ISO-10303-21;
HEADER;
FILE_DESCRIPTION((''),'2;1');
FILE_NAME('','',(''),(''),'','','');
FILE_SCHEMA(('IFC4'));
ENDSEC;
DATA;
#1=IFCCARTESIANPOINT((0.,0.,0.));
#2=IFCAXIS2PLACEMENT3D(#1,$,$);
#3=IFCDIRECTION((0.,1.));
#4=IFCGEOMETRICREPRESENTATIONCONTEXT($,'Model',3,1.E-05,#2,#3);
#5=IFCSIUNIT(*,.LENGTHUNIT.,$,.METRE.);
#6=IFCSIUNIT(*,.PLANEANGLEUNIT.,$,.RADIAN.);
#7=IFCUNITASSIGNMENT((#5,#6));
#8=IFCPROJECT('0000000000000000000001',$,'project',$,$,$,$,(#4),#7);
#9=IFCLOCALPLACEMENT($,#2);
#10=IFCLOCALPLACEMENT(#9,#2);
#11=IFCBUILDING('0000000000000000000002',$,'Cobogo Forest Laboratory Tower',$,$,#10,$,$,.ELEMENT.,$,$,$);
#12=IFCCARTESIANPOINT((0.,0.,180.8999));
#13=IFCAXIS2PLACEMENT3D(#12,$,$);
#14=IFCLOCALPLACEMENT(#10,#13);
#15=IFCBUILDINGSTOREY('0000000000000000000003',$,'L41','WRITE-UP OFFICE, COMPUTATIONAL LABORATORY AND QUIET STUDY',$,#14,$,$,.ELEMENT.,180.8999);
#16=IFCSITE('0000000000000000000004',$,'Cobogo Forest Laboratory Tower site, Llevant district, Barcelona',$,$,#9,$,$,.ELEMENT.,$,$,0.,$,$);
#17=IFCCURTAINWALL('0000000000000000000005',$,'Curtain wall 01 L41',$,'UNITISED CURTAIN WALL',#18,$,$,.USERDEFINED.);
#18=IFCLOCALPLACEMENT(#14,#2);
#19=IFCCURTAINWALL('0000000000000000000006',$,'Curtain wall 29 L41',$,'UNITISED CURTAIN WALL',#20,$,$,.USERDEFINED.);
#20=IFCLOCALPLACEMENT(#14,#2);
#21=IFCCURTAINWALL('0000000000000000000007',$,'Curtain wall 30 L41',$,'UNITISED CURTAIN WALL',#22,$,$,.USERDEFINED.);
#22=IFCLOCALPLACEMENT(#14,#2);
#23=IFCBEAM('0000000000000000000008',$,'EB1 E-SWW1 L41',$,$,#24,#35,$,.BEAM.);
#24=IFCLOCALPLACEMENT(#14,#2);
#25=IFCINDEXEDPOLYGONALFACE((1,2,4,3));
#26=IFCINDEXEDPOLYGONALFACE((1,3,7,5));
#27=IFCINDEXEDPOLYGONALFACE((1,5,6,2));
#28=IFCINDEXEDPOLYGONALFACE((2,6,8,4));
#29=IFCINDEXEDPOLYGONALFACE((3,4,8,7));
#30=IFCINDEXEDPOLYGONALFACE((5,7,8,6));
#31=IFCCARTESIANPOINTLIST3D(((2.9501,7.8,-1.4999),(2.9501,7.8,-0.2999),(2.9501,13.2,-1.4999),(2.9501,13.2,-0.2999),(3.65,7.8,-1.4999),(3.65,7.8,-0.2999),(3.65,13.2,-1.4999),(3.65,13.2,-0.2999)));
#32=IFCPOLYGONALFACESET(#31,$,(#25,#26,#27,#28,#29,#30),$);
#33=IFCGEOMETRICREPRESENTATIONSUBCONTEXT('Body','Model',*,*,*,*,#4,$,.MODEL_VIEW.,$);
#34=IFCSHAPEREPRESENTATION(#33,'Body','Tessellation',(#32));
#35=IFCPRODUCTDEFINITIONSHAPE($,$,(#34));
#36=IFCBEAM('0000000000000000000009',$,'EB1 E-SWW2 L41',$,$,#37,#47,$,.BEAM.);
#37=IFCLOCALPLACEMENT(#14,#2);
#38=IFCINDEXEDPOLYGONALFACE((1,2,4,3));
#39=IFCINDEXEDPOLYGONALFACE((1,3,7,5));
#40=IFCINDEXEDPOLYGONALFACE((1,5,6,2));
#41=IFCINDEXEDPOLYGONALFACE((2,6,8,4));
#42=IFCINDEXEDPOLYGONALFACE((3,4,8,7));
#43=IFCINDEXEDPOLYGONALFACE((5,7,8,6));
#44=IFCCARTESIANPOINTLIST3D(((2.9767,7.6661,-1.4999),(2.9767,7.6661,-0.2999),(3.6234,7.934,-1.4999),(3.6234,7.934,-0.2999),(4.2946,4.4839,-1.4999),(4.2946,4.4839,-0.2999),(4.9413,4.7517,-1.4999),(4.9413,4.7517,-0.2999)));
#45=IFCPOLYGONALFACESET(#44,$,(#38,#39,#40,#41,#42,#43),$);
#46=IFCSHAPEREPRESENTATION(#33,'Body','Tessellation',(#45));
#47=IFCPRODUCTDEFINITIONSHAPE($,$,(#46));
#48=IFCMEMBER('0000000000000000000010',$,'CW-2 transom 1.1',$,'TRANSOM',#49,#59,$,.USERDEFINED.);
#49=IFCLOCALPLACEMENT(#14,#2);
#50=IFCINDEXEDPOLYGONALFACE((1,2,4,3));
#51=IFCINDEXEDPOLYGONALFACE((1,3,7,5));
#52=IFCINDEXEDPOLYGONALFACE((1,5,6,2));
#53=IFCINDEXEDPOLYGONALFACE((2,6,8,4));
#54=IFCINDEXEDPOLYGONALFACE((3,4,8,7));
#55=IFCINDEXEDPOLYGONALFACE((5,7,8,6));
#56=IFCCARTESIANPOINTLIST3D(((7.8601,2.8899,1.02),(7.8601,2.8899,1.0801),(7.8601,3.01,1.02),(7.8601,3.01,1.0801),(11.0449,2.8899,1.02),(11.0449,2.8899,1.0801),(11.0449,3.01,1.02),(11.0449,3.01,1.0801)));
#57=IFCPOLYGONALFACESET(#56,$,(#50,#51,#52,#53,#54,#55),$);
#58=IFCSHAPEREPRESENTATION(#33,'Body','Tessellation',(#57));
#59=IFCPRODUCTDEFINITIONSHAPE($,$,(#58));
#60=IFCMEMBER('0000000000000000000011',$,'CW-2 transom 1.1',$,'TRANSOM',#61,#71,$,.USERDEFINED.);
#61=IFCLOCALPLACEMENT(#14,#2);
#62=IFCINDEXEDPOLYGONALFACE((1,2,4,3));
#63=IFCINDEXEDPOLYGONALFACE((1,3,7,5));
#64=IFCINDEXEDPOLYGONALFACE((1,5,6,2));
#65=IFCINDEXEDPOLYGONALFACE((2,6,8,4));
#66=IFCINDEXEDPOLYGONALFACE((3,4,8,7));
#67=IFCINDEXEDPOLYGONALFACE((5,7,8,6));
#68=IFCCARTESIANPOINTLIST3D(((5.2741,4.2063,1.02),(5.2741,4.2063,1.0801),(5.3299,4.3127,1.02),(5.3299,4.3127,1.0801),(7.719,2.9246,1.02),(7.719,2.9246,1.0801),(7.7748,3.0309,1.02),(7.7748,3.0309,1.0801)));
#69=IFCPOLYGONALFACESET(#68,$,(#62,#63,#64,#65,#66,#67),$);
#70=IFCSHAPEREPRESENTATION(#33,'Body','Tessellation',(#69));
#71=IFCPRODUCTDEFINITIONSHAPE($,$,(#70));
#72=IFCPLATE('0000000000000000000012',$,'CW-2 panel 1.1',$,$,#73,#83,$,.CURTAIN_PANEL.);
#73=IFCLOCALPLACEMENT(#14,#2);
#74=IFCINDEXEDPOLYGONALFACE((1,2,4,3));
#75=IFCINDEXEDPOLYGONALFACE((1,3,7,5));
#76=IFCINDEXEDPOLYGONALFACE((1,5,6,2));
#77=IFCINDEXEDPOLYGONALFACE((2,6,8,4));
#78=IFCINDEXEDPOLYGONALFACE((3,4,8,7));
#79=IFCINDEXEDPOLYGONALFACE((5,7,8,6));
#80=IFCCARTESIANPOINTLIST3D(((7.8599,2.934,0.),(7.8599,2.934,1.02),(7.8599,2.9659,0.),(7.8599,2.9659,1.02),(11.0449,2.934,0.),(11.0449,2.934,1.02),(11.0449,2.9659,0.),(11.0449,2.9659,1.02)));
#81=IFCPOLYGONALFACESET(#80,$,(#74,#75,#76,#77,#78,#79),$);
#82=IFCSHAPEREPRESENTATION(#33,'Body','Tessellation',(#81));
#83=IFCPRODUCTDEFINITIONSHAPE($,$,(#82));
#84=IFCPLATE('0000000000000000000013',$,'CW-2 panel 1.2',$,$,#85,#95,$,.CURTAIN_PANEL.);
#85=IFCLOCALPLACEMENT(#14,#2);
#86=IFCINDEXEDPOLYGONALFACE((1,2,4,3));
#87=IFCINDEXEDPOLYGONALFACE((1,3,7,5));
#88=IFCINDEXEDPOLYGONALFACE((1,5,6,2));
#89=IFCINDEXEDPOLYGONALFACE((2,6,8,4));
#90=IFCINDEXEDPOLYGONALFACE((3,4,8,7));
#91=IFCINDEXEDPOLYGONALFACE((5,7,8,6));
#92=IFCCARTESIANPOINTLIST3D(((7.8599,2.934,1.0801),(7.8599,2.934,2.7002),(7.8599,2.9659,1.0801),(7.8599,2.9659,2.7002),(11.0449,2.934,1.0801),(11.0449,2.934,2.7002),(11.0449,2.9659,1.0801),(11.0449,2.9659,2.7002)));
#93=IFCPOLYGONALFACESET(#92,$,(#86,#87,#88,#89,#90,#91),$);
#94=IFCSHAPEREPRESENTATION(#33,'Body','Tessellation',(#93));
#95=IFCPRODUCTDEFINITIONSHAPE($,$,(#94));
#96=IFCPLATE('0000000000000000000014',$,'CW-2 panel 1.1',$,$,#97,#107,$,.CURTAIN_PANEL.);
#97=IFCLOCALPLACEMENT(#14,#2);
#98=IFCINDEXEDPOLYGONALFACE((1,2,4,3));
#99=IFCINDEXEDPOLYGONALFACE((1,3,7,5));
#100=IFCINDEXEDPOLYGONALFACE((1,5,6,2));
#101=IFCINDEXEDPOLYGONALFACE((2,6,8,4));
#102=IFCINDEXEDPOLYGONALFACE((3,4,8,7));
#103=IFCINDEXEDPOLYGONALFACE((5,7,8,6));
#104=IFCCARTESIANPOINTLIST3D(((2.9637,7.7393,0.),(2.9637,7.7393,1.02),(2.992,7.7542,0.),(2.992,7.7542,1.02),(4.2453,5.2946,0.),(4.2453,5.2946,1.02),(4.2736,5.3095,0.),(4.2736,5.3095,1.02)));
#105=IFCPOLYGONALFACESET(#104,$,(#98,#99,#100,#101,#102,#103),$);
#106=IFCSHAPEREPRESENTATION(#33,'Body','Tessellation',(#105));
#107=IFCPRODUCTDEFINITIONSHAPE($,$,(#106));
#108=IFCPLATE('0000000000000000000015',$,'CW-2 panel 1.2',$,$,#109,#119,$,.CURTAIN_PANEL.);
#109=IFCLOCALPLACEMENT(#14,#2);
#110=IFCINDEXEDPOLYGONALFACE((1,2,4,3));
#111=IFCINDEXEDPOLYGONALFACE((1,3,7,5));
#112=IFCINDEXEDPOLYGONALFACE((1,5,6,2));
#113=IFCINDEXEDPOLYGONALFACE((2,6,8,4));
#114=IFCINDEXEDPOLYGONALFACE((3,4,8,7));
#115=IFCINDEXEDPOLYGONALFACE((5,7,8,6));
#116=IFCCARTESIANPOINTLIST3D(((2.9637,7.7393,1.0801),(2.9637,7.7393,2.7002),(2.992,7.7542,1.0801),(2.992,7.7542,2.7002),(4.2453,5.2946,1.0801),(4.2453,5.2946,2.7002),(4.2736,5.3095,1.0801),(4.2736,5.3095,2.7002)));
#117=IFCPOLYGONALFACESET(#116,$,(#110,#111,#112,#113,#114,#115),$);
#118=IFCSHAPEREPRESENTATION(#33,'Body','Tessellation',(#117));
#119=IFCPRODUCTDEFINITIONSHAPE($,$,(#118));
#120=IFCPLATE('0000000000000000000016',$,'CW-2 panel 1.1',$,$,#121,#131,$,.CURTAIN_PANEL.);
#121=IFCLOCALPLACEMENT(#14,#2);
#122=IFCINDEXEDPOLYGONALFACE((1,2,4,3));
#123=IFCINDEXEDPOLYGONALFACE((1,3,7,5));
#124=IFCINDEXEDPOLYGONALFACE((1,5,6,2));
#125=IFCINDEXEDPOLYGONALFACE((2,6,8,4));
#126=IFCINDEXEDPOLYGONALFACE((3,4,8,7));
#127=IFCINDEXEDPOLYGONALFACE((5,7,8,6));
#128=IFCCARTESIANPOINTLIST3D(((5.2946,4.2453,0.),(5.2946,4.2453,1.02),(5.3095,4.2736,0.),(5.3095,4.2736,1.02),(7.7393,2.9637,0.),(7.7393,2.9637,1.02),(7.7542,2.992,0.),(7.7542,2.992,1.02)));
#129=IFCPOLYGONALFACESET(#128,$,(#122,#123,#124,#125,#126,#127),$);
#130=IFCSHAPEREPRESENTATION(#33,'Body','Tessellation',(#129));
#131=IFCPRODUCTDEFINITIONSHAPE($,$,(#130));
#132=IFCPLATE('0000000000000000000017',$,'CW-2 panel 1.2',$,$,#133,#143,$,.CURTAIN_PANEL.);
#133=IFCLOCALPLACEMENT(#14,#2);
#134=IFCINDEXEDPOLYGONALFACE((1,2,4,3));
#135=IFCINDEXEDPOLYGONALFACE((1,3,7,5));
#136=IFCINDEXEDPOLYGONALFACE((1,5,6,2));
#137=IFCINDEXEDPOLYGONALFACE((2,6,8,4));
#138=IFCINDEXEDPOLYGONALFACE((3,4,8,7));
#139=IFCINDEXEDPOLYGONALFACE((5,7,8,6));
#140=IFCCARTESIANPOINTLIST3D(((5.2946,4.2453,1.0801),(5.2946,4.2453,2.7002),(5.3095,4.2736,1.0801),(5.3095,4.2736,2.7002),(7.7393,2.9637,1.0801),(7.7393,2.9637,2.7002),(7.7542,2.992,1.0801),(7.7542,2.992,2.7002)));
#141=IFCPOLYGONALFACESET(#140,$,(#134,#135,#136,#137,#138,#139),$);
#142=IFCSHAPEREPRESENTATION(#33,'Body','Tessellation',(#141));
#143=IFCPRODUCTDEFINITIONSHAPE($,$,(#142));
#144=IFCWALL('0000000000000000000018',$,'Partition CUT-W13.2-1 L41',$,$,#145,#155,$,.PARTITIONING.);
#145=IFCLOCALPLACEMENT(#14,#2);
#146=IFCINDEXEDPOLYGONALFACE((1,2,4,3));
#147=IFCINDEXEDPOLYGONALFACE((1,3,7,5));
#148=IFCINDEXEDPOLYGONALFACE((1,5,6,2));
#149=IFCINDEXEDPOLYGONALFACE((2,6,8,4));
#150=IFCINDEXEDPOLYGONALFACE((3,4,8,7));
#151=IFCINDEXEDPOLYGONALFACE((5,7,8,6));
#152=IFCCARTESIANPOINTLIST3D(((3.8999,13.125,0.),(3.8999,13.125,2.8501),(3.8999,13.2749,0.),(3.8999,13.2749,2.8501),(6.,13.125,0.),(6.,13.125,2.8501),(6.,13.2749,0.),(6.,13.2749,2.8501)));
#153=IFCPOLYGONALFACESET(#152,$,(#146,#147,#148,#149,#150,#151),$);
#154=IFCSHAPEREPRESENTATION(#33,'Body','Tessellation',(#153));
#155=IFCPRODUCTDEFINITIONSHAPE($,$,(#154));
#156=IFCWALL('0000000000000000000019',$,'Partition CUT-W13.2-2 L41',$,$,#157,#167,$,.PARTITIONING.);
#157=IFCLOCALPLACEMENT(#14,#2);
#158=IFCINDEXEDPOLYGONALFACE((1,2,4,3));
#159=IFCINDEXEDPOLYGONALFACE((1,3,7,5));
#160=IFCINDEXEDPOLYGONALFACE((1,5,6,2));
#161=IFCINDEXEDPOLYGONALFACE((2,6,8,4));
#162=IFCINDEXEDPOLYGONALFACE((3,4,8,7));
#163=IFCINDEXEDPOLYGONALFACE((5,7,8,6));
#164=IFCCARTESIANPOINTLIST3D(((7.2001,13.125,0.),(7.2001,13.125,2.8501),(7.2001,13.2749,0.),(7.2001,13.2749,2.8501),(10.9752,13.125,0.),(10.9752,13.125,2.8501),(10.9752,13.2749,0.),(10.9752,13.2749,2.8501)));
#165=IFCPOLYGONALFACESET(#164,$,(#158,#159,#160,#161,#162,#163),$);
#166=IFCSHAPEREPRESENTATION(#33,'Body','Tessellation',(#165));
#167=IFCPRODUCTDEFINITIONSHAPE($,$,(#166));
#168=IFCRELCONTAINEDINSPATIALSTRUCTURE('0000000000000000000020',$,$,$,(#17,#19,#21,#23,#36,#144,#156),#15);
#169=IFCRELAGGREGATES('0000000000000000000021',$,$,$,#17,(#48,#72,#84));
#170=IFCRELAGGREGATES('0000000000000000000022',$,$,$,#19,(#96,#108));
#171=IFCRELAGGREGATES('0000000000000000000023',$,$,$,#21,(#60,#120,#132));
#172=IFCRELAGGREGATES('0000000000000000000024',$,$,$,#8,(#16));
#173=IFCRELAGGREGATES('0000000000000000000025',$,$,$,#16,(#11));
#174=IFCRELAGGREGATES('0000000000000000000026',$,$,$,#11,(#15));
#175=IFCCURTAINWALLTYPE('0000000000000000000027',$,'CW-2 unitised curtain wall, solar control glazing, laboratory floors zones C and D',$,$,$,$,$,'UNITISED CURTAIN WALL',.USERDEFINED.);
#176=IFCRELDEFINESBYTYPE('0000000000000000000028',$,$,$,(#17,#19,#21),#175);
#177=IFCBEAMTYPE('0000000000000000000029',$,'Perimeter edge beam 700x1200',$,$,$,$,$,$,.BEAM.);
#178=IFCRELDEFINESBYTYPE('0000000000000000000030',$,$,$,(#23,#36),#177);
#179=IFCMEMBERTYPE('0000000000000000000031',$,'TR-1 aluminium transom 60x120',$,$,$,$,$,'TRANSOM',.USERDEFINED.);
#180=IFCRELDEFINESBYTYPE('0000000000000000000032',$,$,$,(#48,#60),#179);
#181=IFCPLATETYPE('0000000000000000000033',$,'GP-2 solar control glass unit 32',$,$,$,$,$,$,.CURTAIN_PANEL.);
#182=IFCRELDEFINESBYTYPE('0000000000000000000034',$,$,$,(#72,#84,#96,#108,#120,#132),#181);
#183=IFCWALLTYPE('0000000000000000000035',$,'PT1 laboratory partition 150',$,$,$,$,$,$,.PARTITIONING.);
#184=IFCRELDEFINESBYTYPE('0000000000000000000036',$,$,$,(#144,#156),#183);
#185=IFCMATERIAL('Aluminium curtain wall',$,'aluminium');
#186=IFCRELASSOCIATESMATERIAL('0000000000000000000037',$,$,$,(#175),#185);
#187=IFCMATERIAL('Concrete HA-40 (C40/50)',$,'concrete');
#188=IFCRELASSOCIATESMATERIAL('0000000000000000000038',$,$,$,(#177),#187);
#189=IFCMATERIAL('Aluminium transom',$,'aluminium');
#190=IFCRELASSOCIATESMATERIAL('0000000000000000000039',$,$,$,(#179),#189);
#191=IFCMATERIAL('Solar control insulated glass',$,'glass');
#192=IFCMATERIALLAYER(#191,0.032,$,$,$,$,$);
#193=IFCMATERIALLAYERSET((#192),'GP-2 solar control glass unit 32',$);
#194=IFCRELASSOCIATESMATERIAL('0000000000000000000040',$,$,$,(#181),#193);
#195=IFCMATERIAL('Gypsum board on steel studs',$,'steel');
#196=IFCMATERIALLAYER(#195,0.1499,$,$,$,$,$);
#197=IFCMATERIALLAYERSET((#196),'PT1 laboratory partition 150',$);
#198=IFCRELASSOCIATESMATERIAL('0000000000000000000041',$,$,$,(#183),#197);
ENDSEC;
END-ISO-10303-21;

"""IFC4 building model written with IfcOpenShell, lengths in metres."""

from ifc_helpers import new_model, si_unit, direction, frame, frame_2d, origin, origin_2d, place, context, subcontext, project, spatial, rectangle, extrude, material, layer, layer_set, material_profile, profile_set, type_object, element, aggregate, save


model = new_model("IFC4")

# Units and contexts
model_context = context("Model", 3, precision=1e-05, world=origin(), true_north=direction((0.0, 1.0)))
body_context = subcontext(model_context, "Body", "Model", "MODEL_VIEW")
ifc_project = project(units=[si_unit("LENGTHUNIT", "METRE"), si_unit("PLANEANGLEUNIT", "RADIAN")], contexts=[model_context])

# Site, building, storey
site_placement = place(None, origin())
site = spatial("IfcSite", under=ifc_project, at=site_placement, Name="Cobogo Forest Laboratory Tower site, Llevant district, Barcelona", CompositionType="ELEMENT", RefElevation=0.0)
building_placement = place(site_placement, origin())
building = spatial("IfcBuilding", under=site, at=building_placement, Name="Cobogo Forest Laboratory Tower", CompositionType="ELEMENT")
storey_placement = place(building_placement, frame((0.0, 0.0, 180.8999)))
storey = spatial("IfcBuildingStorey", under=building, at=storey_placement, Name="L41", Description="WRITE-UP OFFICE, COMPUTATIONAL LABORATORY AND QUIET STUDY", CompositionType="ELEMENT", Elevation=180.8999)

# Shared definitions
ifc_material_1 = material(Name="Concrete HA-40 (C40/50)", Category="concrete")

# Curtain walls
ifc_material_2 = material(Name="Aluminium curtain wall", Category="aluminium")
curtain_wall_type = type_object("IfcCurtainWallType", Name="CW-2 unitised curtain wall, solar control glazing, laboratory floors zones C and D", ElementType="UNITISED CURTAIN WALL", PredefinedType="USERDEFINED", material=ifc_material_2)
curtain_wall_1_placement = place(storey_placement, origin())
curtain_wall_1 = element("IfcCurtainWall", 1, at=curtain_wall_1_placement, inside=storey, type_object=curtain_wall_type, Name="Curtain wall 01 L41", ObjectType="UNITISED CURTAIN WALL", PredefinedType="USERDEFINED")
curtain_wall_2_placement = place(storey_placement, origin())
curtain_wall_2 = element("IfcCurtainWall", 2, at=curtain_wall_2_placement, inside=storey, type_object=curtain_wall_type, Name="Curtain wall 29 L41", ObjectType="UNITISED CURTAIN WALL", PredefinedType="USERDEFINED")

# Curtain wall
curtain_wall_3_placement = place(storey_placement, origin())
curtain_wall_3 = element("IfcCurtainWall", 3, at=curtain_wall_3_placement, inside=storey, type_object=curtain_wall_type, Name="Curtain wall 30 L41", ObjectType="UNITISED CURTAIN WALL", PredefinedType="USERDEFINED")

# Beams
ifc_material_profile_1 = material_profile(ifc_material_1, rectangle(XDim=0.7, YDim=1.2, at=origin_2d()), Name="RC 700x1200")
ifc_profile_set_1 = profile_set([ifc_material_profile_1], Name="Concrete HA-40 (C40/50)")
beam_type_1 = type_object("IfcBeamType", Name="Perimeter edge beam 700x1200", PredefinedType="BEAM", material=ifc_profile_set_1)
beam_1_placement = place(storey_placement, frame((3.3, 13.2, -0.8999), z_axis=(0.0, -1.0, 0.0), x_axis=(1.0, 0.0, 0.0)))
element("IfcBeam", 4, at=beam_1_placement, inside=storey, type_object=beam_type_1, Name="EB1 E-SWW1 L41", PredefinedType="BEAM", context=body_context, shape_type="SweptSolid", body=[
    extrude(rectangle(XDim=0.7, YDim=1.2, at=origin_2d()), origin(), (0.0, 0.0, 1.0), 5.3999),
])
beam_2_placement = place(storey_placement, frame((3.3, 7.8, -0.8999), z_axis=(0.382631, -0.923901, 0.0), x_axis=(0.923901, 0.382631, 0.0)))
element("IfcBeam", 5, at=beam_2_placement, inside=storey, type_object=beam_type_1, Name="EB1 E-SWW2 L41", PredefinedType="BEAM", context=body_context, shape_type="SweptSolid", body=[
    extrude(rectangle(XDim=0.7, YDim=1.2, at=origin_2d()), origin(), (0.0, 0.0, 1.0), 3.4443),
])

# Members
ifc_material_3 = material(Name="Aluminium transom", Category="aluminium")
ifc_material_profile_2 = material_profile(ifc_material_3, rectangle(XDim=0.1201, YDim=0.0601, at=origin_2d()), Name="AL 60x120")
ifc_profile_set_2 = profile_set([ifc_material_profile_2], Name="Aluminium transom")
member_type_1 = type_object("IfcMemberType", Name="TR-1 aluminium transom 60x120", ElementType="TRANSOM", PredefinedType="USERDEFINED", material=ifc_profile_set_2)
member_1_placement = place(storey_placement, frame((7.8601, 2.95, 1.05), z_axis=(1.0, 0.0, 0.0), x_axis=(0.0, 1.0, 0.0)))
member_1 = element("IfcMember", 6, at=member_1_placement, type_object=member_type_1, Name="CW-2 transom 1.1", ObjectType="TRANSOM", PredefinedType="USERDEFINED", context=body_context, shape_type="SweptSolid", body=[
    extrude(rectangle(XDim=0.1201, YDim=0.0601, at=origin_2d()), origin(), (0.0, 0.0, 1.0), 3.1848),
])
member_2_placement = place(storey_placement, frame((5.302, 4.2595, 1.05), z_axis=(0.885665, -0.464324, 0.0), x_axis=(0.464324, 0.885665, 0.0)))
member_2 = element("IfcMember", 7, at=member_2_placement, type_object=member_type_1, Name="CW-2 transom 1.1", ObjectType="TRANSOM", PredefinedType="USERDEFINED", context=body_context, shape_type="SweptSolid", body=[
    extrude(rectangle(XDim=0.1201, YDim=0.0601, at=origin_2d()), origin(), (0.0, 0.0, 1.0), 2.7605),
])

# Plates
ifc_material_4 = material(Name="Solar control insulated glass", Category="glass")
ifc_layer_1 = layer(ifc_material_4, 0.032)
ifc_layer_set_1 = layer_set([ifc_layer_1], Name="GP-2 solar control glass unit 32")
plate_type = type_object("IfcPlateType", Name="GP-2 solar control glass unit 32", PredefinedType="CURTAIN_PANEL", material=ifc_layer_set_1)
plate_1_placement = place(storey_placement, frame((9.4524, 2.95, 0.0), z_axis=(0.0, 0.0, 1.0), x_axis=(1.0, 0.0, 0.0)))
plate_1 = element("IfcPlate", 8, at=plate_1_placement, type_object=plate_type, Name="CW-2 panel 1.1", PredefinedType="CURTAIN_PANEL", context=body_context, shape_type="SweptSolid", body=[
    extrude(rectangle(XDim=3.1851, YDim=0.032, at=origin_2d()), origin(), (0.0, 0.0, 1.0), 1.02),
])
plate_2_placement = place(storey_placement, frame((9.4524, 2.95, 1.0801), z_axis=(0.0, 0.0, 1.0), x_axis=(1.0, 0.0, 0.0)))
plate_2 = element("IfcPlate", 9, at=plate_2_placement, type_object=plate_type, Name="CW-2 panel 1.2", PredefinedType="CURTAIN_PANEL", context=body_context, shape_type="SweptSolid", body=[
    extrude(rectangle(XDim=3.1851, YDim=0.032, at=origin_2d()), origin(), (0.0, 0.0, 1.0), 1.6201),
])
aggregate(curtain_wall_1, [member_1, plate_1, plate_2])
plate_3_placement = place(storey_placement, frame((3.6187, 6.5244, 0.0), z_axis=(0.0, 0.0, 1.0), x_axis=(0.464284, -0.885686, 0.0)))
plate_3 = element("IfcPlate", 10, at=plate_3_placement, type_object=plate_type, Name="CW-2 panel 1.1", PredefinedType="CURTAIN_PANEL", context=body_context, shape_type="SweptSolid", body=[
    extrude(rectangle(XDim=2.7603, YDim=0.032, at=origin_2d()), origin(), (0.0, 0.0, 1.0), 1.02),
])
plate_4_placement = place(storey_placement, frame((3.6187, 6.5244, 1.0801), z_axis=(0.0, 0.0, 1.0), x_axis=(0.464284, -0.885686, 0.0)))
plate_4 = element("IfcPlate", 11, at=plate_4_placement, type_object=plate_type, Name="CW-2 panel 1.2", PredefinedType="CURTAIN_PANEL", context=body_context, shape_type="SweptSolid", body=[
    extrude(rectangle(XDim=2.7603, YDim=0.032, at=origin_2d()), origin(), (0.0, 0.0, 1.0), 1.6201),
])
aggregate(curtain_wall_2, [plate_3, plate_4])
plate_5_placement = place(storey_placement, frame((6.5244, 3.6187, 0.0), z_axis=(0.0, 0.0, 1.0), x_axis=(0.885686, -0.464284, 0.0)))
plate_5 = element("IfcPlate", 12, at=plate_5_placement, type_object=plate_type, Name="CW-2 panel 1.1", PredefinedType="CURTAIN_PANEL", context=body_context, shape_type="SweptSolid", body=[
    extrude(rectangle(XDim=2.7603, YDim=0.032, at=origin_2d()), origin(), (0.0, 0.0, 1.0), 1.02),
])
plate_6_placement = place(storey_placement, frame((6.5244, 3.6187, 1.0801), z_axis=(0.0, 0.0, 1.0), x_axis=(0.885686, -0.464284, 0.0)))
plate_6 = element("IfcPlate", 13, at=plate_6_placement, type_object=plate_type, Name="CW-2 panel 1.2", PredefinedType="CURTAIN_PANEL", context=body_context, shape_type="SweptSolid", body=[
    extrude(rectangle(XDim=2.7603, YDim=0.032, at=origin_2d()), origin(), (0.0, 0.0, 1.0), 1.6201),
])
aggregate(curtain_wall_3, [member_2, plate_5, plate_6])

# Walls
ifc_material_5 = material(Name="Gypsum board on steel studs", Category="steel")
ifc_layer_2 = layer(ifc_material_5, 0.1499)
ifc_layer_set_2 = layer_set([ifc_layer_2], Name="PT1 laboratory partition 150")
wall_type = type_object("IfcWallType", Name="PT1 laboratory partition 150", PredefinedType="PARTITIONING", material=ifc_layer_set_2)
wall_1_placement = place(storey_placement, frame((3.8999, 13.2, 0.0), z_axis=(0.0, 0.0, 1.0), x_axis=(1.0, 0.0, 0.0)))
element("IfcWall", 14, at=wall_1_placement, inside=storey, type_object=wall_type, Name="Partition CUT-W13.2-1 L41", PredefinedType="PARTITIONING", context=body_context, shape_type="SweptSolid", body=[
    extrude(rectangle(XDim=2.1001, YDim=0.1499, at=frame_2d((1.05, 0.0))), origin(), (0.0, 0.0, 1.0), 2.8501),
])
wall_2_placement = place(storey_placement, frame((7.2, 13.2, 0.0), z_axis=(0.0, 0.0, 1.0), x_axis=(1.0, 0.0, 0.0)))
element("IfcWall", 15, at=wall_2_placement, inside=storey, type_object=wall_type, Name="Partition CUT-W13.2-2 L41", PredefinedType="PARTITIONING", context=body_context, shape_type="SweptSolid", body=[
    extrude(rectangle(XDim=3.7751, YDim=0.1499, at=frame_2d((1.8877, 0.0))), origin(), (0.0, 0.0, 1.0), 2.8501),
])

save(model, "model.ifc")
